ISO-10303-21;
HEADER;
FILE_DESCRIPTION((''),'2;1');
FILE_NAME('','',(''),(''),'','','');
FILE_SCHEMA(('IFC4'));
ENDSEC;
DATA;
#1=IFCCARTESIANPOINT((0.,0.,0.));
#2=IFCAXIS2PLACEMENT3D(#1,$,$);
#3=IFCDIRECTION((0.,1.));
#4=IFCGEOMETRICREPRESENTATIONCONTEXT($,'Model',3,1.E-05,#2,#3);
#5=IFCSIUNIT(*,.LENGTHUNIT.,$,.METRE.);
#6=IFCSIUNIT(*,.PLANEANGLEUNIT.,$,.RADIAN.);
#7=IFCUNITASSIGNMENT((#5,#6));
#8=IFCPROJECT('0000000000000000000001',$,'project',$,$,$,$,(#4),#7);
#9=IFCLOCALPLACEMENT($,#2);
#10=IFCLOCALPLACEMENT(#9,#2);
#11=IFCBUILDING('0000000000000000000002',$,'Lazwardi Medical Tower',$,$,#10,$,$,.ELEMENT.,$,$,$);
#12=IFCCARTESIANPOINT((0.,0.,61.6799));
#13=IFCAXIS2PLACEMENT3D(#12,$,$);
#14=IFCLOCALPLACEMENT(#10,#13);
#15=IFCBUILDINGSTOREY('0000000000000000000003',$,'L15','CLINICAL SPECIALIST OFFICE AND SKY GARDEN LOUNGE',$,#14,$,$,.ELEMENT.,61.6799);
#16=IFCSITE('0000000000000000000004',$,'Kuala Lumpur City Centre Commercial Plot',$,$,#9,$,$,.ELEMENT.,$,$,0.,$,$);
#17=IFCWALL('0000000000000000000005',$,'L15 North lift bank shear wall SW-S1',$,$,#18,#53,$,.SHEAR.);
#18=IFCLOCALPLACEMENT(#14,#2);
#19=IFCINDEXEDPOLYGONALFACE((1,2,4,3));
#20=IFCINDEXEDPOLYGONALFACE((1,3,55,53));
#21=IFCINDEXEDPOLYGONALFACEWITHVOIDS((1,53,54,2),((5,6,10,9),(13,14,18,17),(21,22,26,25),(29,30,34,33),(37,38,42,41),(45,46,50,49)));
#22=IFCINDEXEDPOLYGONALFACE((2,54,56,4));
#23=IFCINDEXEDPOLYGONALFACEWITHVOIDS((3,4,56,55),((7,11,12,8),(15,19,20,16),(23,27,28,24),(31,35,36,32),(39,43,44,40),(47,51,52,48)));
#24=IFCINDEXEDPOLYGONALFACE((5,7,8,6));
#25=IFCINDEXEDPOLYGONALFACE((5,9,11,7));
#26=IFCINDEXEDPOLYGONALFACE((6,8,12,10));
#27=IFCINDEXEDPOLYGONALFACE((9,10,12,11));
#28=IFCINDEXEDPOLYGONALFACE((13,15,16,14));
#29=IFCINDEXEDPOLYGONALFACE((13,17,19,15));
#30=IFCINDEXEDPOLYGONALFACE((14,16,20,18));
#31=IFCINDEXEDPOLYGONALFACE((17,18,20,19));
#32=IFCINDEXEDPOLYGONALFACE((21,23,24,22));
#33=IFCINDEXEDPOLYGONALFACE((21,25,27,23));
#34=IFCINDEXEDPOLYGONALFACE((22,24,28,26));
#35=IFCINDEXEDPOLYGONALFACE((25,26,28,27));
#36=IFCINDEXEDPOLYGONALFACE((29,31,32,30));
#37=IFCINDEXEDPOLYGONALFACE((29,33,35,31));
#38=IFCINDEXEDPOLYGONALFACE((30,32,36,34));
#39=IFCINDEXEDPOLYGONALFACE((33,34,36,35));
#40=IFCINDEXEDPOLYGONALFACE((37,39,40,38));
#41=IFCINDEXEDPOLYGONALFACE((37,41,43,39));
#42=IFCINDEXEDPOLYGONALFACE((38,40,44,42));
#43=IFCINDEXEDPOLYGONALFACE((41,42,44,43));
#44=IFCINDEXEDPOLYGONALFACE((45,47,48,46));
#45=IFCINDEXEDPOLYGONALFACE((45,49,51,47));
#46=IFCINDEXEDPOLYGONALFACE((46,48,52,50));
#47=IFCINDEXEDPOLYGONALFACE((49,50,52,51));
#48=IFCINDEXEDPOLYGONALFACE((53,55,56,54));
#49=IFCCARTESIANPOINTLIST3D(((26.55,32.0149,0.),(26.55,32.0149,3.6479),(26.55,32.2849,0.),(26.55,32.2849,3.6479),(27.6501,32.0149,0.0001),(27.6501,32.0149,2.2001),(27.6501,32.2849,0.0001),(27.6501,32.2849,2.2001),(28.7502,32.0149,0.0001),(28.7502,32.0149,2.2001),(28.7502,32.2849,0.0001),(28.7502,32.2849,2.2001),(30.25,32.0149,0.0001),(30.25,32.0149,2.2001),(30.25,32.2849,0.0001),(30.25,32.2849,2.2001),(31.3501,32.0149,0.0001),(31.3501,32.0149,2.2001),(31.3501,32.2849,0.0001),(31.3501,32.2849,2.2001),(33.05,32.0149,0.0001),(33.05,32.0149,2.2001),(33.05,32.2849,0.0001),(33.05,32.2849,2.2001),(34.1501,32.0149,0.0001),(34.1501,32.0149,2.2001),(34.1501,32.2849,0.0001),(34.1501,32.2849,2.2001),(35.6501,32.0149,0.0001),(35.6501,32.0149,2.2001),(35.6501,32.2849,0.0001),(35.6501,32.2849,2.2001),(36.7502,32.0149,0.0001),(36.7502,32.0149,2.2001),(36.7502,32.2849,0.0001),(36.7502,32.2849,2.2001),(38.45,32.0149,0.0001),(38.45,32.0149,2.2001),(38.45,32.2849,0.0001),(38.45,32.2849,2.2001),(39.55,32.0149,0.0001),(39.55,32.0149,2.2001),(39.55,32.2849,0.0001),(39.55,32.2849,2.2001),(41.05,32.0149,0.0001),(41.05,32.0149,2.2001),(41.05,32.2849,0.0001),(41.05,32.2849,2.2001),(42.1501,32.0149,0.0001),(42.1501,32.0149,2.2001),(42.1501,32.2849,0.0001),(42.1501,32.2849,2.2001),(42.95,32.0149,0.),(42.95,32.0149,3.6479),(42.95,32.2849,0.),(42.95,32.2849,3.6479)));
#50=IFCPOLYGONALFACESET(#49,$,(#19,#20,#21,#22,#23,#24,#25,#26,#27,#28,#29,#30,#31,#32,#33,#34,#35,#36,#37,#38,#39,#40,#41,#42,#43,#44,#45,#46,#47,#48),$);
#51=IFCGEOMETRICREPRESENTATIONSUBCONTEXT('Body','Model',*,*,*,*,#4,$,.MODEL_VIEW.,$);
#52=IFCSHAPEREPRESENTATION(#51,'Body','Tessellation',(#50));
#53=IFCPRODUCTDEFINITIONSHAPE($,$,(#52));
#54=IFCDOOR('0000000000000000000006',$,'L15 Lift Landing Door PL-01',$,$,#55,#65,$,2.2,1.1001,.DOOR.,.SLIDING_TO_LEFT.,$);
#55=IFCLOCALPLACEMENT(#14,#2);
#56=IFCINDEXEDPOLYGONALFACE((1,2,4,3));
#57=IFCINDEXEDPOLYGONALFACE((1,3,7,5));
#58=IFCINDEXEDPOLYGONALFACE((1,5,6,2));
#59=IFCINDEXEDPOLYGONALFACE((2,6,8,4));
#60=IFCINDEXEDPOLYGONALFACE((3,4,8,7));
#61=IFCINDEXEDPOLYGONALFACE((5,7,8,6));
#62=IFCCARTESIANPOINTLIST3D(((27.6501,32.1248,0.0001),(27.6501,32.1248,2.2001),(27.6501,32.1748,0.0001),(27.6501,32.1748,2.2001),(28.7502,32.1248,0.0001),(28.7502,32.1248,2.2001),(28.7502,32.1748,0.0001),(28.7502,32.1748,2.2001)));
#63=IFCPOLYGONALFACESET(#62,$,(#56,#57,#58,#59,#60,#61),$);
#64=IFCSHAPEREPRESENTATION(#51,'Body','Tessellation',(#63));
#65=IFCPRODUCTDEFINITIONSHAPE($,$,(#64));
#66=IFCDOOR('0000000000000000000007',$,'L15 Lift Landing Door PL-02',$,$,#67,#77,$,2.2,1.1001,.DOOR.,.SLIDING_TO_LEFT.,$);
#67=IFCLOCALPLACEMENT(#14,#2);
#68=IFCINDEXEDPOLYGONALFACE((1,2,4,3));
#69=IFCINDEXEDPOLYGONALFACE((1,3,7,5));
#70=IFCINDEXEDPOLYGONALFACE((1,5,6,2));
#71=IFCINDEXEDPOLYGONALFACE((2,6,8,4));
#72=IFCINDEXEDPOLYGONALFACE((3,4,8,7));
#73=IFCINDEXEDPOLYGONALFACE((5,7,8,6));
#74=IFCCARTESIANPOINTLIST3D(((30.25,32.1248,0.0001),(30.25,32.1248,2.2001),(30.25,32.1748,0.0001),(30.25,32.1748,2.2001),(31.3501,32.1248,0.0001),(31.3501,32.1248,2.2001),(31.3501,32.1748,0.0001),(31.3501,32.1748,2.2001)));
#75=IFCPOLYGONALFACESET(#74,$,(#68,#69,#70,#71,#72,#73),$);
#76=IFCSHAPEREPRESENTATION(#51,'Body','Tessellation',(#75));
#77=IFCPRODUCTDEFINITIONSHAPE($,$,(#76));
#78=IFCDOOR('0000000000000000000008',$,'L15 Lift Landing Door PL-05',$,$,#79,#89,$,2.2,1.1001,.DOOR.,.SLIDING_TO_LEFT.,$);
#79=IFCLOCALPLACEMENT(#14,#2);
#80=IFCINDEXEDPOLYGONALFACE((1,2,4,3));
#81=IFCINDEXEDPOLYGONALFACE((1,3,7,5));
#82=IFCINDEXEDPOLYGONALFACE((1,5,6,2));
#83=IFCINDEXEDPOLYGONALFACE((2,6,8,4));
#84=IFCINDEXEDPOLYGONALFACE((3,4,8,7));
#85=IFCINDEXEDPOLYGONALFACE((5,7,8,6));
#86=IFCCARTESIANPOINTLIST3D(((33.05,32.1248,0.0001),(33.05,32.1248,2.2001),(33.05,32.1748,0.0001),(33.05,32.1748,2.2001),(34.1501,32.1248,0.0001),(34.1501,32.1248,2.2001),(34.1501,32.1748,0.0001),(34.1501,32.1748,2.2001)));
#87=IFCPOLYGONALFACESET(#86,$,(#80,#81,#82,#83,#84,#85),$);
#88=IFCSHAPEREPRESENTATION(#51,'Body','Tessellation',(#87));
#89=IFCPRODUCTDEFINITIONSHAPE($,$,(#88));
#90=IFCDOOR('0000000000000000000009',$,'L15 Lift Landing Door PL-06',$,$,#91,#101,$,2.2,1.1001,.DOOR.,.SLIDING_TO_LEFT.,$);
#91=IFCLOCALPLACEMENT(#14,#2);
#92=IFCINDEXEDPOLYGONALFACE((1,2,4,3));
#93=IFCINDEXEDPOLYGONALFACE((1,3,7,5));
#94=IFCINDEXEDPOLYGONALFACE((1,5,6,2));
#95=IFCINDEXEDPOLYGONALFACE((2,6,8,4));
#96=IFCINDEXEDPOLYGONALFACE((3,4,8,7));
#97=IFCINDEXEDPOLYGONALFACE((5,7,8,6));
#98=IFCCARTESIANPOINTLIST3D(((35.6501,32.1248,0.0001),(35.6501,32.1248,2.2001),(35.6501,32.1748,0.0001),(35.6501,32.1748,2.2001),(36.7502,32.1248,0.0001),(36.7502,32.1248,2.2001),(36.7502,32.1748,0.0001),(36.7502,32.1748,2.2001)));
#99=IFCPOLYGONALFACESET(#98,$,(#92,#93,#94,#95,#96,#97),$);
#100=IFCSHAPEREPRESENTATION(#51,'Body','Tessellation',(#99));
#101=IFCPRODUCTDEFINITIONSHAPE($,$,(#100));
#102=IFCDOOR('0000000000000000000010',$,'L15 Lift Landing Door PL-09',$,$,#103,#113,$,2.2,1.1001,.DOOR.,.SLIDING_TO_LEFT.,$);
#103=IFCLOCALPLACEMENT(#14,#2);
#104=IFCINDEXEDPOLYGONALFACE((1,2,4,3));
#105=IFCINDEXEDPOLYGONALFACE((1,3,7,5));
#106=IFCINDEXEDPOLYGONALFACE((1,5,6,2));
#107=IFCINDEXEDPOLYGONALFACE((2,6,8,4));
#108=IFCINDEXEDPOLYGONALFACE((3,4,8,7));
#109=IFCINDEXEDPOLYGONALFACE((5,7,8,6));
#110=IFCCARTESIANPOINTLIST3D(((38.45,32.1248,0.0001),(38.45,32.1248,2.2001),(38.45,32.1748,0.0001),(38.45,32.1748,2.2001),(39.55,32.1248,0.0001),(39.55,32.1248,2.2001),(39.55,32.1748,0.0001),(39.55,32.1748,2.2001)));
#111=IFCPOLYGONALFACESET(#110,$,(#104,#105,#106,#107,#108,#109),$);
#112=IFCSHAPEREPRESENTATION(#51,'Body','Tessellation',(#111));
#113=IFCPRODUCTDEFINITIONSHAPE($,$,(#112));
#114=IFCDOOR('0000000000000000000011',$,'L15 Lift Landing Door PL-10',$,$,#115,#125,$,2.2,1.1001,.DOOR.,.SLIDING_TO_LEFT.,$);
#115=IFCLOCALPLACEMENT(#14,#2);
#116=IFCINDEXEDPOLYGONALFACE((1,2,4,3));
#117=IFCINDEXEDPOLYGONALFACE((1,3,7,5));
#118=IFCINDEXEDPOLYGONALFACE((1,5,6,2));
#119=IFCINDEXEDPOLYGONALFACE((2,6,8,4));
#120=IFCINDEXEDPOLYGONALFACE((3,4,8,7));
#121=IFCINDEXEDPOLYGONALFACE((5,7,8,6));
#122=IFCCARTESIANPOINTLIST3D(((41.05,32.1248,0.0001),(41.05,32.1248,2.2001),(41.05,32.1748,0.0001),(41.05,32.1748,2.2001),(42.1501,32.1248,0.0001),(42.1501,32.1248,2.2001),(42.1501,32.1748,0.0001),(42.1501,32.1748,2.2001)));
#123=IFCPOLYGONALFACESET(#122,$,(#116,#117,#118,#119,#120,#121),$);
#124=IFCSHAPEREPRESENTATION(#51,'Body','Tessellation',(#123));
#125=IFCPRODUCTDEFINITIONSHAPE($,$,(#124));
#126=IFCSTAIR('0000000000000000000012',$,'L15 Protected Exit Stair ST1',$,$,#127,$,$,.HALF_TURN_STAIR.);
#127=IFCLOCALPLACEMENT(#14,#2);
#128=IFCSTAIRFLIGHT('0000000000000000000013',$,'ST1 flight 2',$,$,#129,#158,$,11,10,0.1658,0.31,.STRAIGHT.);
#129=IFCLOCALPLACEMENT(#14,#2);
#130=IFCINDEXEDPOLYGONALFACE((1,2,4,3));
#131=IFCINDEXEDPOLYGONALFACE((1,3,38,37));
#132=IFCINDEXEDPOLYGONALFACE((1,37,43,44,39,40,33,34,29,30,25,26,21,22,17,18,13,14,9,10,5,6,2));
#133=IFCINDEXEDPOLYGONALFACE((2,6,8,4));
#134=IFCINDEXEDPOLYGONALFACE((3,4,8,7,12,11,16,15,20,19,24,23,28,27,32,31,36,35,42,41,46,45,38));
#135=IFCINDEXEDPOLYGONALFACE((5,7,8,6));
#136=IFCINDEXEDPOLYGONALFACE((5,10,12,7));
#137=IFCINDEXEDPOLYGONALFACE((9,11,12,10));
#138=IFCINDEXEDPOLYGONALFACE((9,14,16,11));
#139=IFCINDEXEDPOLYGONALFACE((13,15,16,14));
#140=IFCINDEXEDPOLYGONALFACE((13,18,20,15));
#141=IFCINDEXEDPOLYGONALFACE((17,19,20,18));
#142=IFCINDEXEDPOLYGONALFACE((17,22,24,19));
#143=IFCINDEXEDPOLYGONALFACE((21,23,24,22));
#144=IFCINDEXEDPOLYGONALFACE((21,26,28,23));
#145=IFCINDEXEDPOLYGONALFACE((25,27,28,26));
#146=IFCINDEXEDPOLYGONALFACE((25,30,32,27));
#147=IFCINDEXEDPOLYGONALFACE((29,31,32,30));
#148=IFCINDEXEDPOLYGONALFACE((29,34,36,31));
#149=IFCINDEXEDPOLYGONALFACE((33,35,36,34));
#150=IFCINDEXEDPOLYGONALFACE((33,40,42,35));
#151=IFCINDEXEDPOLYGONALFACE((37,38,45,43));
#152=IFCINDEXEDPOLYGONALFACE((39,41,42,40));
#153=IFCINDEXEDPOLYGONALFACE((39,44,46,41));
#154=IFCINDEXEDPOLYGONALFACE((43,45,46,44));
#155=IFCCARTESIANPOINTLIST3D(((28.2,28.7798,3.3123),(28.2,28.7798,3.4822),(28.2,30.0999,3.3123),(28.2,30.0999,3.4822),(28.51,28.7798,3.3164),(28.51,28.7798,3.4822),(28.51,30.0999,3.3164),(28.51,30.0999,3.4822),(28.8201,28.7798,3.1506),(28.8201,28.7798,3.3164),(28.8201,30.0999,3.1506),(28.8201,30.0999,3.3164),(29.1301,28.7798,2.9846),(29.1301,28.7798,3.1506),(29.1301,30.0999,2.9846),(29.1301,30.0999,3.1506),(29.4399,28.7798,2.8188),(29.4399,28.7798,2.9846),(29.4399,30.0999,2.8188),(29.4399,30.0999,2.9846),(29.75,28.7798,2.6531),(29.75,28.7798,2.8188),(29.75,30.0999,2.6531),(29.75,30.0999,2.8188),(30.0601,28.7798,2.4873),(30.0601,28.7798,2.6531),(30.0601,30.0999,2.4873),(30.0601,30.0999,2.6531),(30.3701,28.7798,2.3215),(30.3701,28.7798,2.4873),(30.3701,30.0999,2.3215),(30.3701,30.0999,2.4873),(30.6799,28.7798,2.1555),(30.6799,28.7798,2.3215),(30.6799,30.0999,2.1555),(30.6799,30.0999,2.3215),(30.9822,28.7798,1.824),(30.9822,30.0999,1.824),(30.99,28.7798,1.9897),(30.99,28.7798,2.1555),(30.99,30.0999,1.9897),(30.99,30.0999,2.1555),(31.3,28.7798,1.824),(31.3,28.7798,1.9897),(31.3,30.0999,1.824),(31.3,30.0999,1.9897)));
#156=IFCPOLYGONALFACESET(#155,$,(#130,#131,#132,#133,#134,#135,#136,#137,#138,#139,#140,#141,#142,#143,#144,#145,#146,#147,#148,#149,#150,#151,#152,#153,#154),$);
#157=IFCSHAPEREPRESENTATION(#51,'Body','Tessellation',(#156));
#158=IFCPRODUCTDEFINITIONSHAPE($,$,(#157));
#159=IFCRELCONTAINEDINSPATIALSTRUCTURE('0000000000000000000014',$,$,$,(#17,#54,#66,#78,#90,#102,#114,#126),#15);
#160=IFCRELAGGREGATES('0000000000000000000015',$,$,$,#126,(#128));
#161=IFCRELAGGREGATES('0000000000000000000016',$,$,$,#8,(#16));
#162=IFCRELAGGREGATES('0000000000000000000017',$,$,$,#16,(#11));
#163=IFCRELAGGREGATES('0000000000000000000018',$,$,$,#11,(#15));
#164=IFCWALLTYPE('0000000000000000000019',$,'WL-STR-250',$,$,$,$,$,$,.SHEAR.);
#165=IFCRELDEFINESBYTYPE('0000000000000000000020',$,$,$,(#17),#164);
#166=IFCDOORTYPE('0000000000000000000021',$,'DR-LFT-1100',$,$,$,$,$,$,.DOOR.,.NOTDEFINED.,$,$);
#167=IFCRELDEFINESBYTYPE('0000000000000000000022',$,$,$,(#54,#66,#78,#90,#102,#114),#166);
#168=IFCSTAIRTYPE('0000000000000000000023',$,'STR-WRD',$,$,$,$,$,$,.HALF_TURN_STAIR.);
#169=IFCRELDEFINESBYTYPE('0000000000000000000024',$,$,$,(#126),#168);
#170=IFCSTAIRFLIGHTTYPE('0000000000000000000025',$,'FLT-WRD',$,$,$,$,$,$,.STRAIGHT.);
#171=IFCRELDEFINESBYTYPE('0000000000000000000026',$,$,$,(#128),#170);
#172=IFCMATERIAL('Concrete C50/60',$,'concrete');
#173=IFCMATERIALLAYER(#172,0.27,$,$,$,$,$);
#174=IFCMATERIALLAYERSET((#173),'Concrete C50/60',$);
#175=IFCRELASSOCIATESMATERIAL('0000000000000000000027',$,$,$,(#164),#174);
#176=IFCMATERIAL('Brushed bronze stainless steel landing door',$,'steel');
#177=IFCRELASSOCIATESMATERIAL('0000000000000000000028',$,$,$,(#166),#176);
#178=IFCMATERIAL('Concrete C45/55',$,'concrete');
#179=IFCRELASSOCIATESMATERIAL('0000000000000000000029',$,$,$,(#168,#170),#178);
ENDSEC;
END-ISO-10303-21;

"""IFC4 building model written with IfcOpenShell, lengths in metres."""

from ifc_helpers import new_model, si_unit, direction, frame, frame_2d, origin, place, context, subcontext, project, spatial, polyline, rectangle, outline, extrude, material, layer, layer_set, type_object, element, fill, aggregate, save


model = new_model("IFC4")

# Units and contexts
model_context = context("Model", 3, precision=1e-05, world=origin(), true_north=direction((0.0, 1.0)))
body_context = subcontext(model_context, "Body", "Model", "MODEL_VIEW")
ifc_project = project(units=[si_unit("LENGTHUNIT", "METRE"), si_unit("PLANEANGLEUNIT", "RADIAN")], contexts=[model_context])

# Site, building, storey
site_placement = place(None, origin())
site = spatial("IfcSite", under=ifc_project, at=site_placement, Name="Kuala Lumpur City Centre Commercial Plot", CompositionType="ELEMENT", RefElevation=0.0)
building_placement = place(site_placement, origin())
building = spatial("IfcBuilding", under=site, at=building_placement, Name="Lazwardi Medical Tower", CompositionType="ELEMENT")
storey_placement = place(building_placement, frame((0.0, 0.0, 61.6799)))
storey = spatial("IfcBuildingStorey", under=building, at=storey_placement, Name="L15", Description="CLINICAL SPECIALIST OFFICE AND SKY GARDEN LOUNGE", CompositionType="ELEMENT", Elevation=61.6799)

# Shared definitions
ifc_material_1 = material(Name="Concrete C50/60", Category="concrete")
ifc_layer_1 = layer(ifc_material_1, 0.27)
ifc_layer_set_1 = layer_set([ifc_layer_1], Name="Concrete C50/60")
wall_type_1 = type_object("IfcWallType", Name="WL-STR-250", PredefinedType="SHEAR", material=ifc_layer_set_1)

# Wall, openings, doors
wall_1_placement = place(storey_placement, frame((26.55, 32.1499, 0.0), z_axis=(0.0, 0.0, 1.0), x_axis=(1.0, 0.0, 0.0)))
wall_1 = element("IfcWall", 1, at=wall_1_placement, inside=storey, type_object=wall_type_1, Name="L15 North lift bank shear wall SW-S1", PredefinedType="SHEAR", context=body_context, shape_type="SweptSolid", body=[
    extrude(rectangle(XDim=16.3999, YDim=0.27, at=frame_2d((8.2, 0.0))), origin(), (0.0, 0.0, 1.0), 3.6479),
])
opening_1_placement = place(wall_1_placement, frame((1.1001, 0.0, 0.0)))
opening_1 = element("IfcOpeningElement", 2, at=opening_1_placement, cuts=wall_1, PredefinedType="OPENING", context=body_context, shape_type="SweptSolid", body=[
    extrude(rectangle(XDim=1.1001, YDim=2.2, at=frame_2d((0.55, 1.1001))), frame((0.0, 0.145, 0.0), z_axis=(0.0, -1.0, 0.0), x_axis=(1.0, 0.0, 0.0)), (0.0, 0.0, 1.0), 0.29),
])
opening_2_placement = place(wall_1_placement, frame((3.7, 0.0, 0.0)))
opening_2 = element("IfcOpeningElement", 3, at=opening_2_placement, cuts=wall_1, PredefinedType="OPENING", context=body_context, shape_type="SweptSolid", body=[
    extrude(rectangle(XDim=1.1001, YDim=2.2, at=frame_2d((0.55, 1.1001))), frame((0.0, 0.145, 0.0), z_axis=(0.0, -1.0, 0.0), x_axis=(1.0, 0.0, 0.0)), (0.0, 0.0, 1.0), 0.29),
])
opening_3_placement = place(wall_1_placement, frame((6.5, 0.0, 0.0)))
opening_3 = element("IfcOpeningElement", 4, at=opening_3_placement, cuts=wall_1, PredefinedType="OPENING", context=body_context, shape_type="SweptSolid", body=[
    extrude(rectangle(XDim=1.1001, YDim=2.2, at=frame_2d((0.55, 1.1001))), frame((0.0, 0.145, 0.0), z_axis=(0.0, -1.0, 0.0), x_axis=(1.0, 0.0, 0.0)), (0.0, 0.0, 1.0), 0.29),
])
opening_4_placement = place(wall_1_placement, frame((9.1001, 0.0, 0.0)))
opening_4 = element("IfcOpeningElement", 5, at=opening_4_placement, cuts=wall_1, PredefinedType="OPENING", context=body_context, shape_type="SweptSolid", body=[
    extrude(rectangle(XDim=1.1001, YDim=2.2, at=frame_2d((0.55, 1.1001))), frame((0.0, 0.145, 0.0), z_axis=(0.0, -1.0, 0.0), x_axis=(1.0, 0.0, 0.0)), (0.0, 0.0, 1.0), 0.29),
])
opening_5_placement = place(wall_1_placement, frame((11.8999, 0.0, 0.0)))
opening_5 = element("IfcOpeningElement", 6, at=opening_5_placement, cuts=wall_1, PredefinedType="OPENING", context=body_context, shape_type="SweptSolid", body=[
    extrude(rectangle(XDim=1.1001, YDim=2.2, at=frame_2d((0.55, 1.1001))), frame((0.0, 0.145, 0.0), z_axis=(0.0, -1.0, 0.0), x_axis=(1.0, 0.0, 0.0)), (0.0, 0.0, 1.0), 0.29),
])
opening_6_placement = place(wall_1_placement, frame((14.5, 0.0, 0.0)))
opening_6 = element("IfcOpeningElement", 7, at=opening_6_placement, cuts=wall_1, PredefinedType="OPENING", context=body_context, shape_type="SweptSolid", body=[
    extrude(rectangle(XDim=1.1001, YDim=2.2, at=frame_2d((0.55, 1.1001))), frame((0.0, 0.145, 0.0), z_axis=(0.0, -1.0, 0.0), x_axis=(1.0, 0.0, 0.0)), (0.0, 0.0, 1.0), 0.29),
])
ifc_material_2 = material(Name="Brushed bronze stainless steel landing door", Category="steel")
door_type_1 = type_object("IfcDoorType", Name="DR-LFT-1100", OperationType="NOTDEFINED", PredefinedType="DOOR", material=ifc_material_2)
door_1_placement = place(opening_1_placement, origin())
door_1 = element("IfcDoor", 8, at=door_1_placement, inside=storey, type_object=door_type_1, Name="L15 Lift Landing Door PL-01", OperationType="SLIDING_TO_LEFT", OverallHeight=2.2, OverallWidth=1.1001, PredefinedType="DOOR", context=body_context, shape_type="SweptSolid", body=[
    extrude(rectangle(XDim=1.1001, YDim=2.2, at=frame_2d((0.55, 1.1001))), frame((0.0, 0.0249, 0.0), z_axis=(0.0, -1.0, 0.0), x_axis=(1.0, 0.0, 0.0)), (0.0, 0.0, 1.0), 0.05),
])
fill(opening_1, door_1)
door_2_placement = place(opening_2_placement, origin())
door_2 = element("IfcDoor", 9, at=door_2_placement, inside=storey, type_object=door_type_1, Name="L15 Lift Landing Door PL-02", OperationType="SLIDING_TO_LEFT", OverallHeight=2.2, OverallWidth=1.1001, PredefinedType="DOOR", context=body_context, shape_type="SweptSolid", body=[
    extrude(rectangle(XDim=1.1001, YDim=2.2, at=frame_2d((0.55, 1.1001))), frame((0.0, 0.0249, 0.0), z_axis=(0.0, -1.0, 0.0), x_axis=(1.0, 0.0, 0.0)), (0.0, 0.0, 1.0), 0.05),
])
fill(opening_2, door_2)
door_3_placement = place(opening_3_placement, origin())
door_3 = element("IfcDoor", 10, at=door_3_placement, inside=storey, type_object=door_type_1, Name="L15 Lift Landing Door PL-05", OperationType="SLIDING_TO_LEFT", OverallHeight=2.2, OverallWidth=1.1001, PredefinedType="DOOR", context=body_context, shape_type="SweptSolid", body=[
    extrude(rectangle(XDim=1.1001, YDim=2.2, at=frame_2d((0.55, 1.1001))), frame((0.0, 0.0249, 0.0), z_axis=(0.0, -1.0, 0.0), x_axis=(1.0, 0.0, 0.0)), (0.0, 0.0, 1.0), 0.05),
])
fill(opening_3, door_3)
door_4_placement = place(opening_4_placement, origin())
door_4 = element("IfcDoor", 11, at=door_4_placement, inside=storey, type_object=door_type_1, Name="L15 Lift Landing Door PL-06", OperationType="SLIDING_TO_LEFT", OverallHeight=2.2, OverallWidth=1.1001, PredefinedType="DOOR", context=body_context, shape_type="SweptSolid", body=[
    extrude(rectangle(XDim=1.1001, YDim=2.2, at=frame_2d((0.55, 1.1001))), frame((0.0, 0.0249, 0.0), z_axis=(0.0, -1.0, 0.0), x_axis=(1.0, 0.0, 0.0)), (0.0, 0.0, 1.0), 0.05),
])
fill(opening_4, door_4)
door_5_placement = place(opening_5_placement, origin())
door_5 = element("IfcDoor", 12, at=door_5_placement, inside=storey, type_object=door_type_1, Name="L15 Lift Landing Door PL-09", OperationType="SLIDING_TO_LEFT", OverallHeight=2.2, OverallWidth=1.1001, PredefinedType="DOOR", context=body_context, shape_type="SweptSolid", body=[
    extrude(rectangle(XDim=1.1001, YDim=2.2, at=frame_2d((0.55, 1.1001))), frame((0.0, 0.0249, 0.0), z_axis=(0.0, -1.0, 0.0), x_axis=(1.0, 0.0, 0.0)), (0.0, 0.0, 1.0), 0.05),
])
fill(opening_5, door_5)
door_6_placement = place(opening_6_placement, origin())
door_6 = element("IfcDoor", 13, at=door_6_placement, inside=storey, type_object=door_type_1, Name="L15 Lift Landing Door PL-10", OperationType="SLIDING_TO_LEFT", OverallHeight=2.2, OverallWidth=1.1001, PredefinedType="DOOR", context=body_context, shape_type="SweptSolid", body=[
    extrude(rectangle(XDim=1.1001, YDim=2.2, at=frame_2d((0.55, 1.1001))), frame((0.0, 0.0249, 0.0), z_axis=(0.0, -1.0, 0.0), x_axis=(1.0, 0.0, 0.0)), (0.0, 0.0, 1.0), 0.05),
])
fill(opening_6, door_6)

# Stair, stair flight
ifc_material_3 = material(Name="Concrete C45/55", Category="concrete")
stair_type = type_object("IfcStairType", Name="STR-WRD", PredefinedType="HALF_TURN_STAIR", material=ifc_material_3)
stair_placement = place(storey_placement, origin())
stair = element("IfcStair", 14, at=stair_placement, inside=storey, type_object=stair_type, Name="L15 Protected Exit Stair ST1", PredefinedType="HALF_TURN_STAIR")
stair_flight_type = type_object("IfcStairFlightType", Name="FLT-WRD", PredefinedType="STRAIGHT", material=ifc_material_3)
stair_flight_placement = place(storey_placement, frame((31.3, 29.4399, 1.824), z_axis=(0.0, 0.0, 1.0), x_axis=(-1.0, 0.0, 0.0)))
stair_flight = element("IfcStairFlight", 15, at=stair_flight_placement, type_object=stair_flight_type, Name="ST1 flight 2", NumberOfRisers=11, NumberOfTreads=10, PredefinedType="STRAIGHT", RiserHeight=0.1658, TreadLength=0.31, context=body_context, shape_type="SweptSolid", body=[
    extrude(outline(polyline([(0.0, 0.0), (0.0, 0.1658), (0.3101, 0.1658), (0.3101, 0.3315), (0.6201, 0.3315), (0.6201, 0.4976), (0.9299, 0.4976), (0.9299, 0.6633), (1.24, 0.6633), (1.24, 0.8291), (1.55, 0.8291), (1.55, 0.9949), (1.8601, 0.9949), (1.8601, 1.1606), (2.1699, 1.1606), (2.1699, 1.3267), (2.48, 1.3267), (2.48, 1.4924), (2.79, 1.4924), (2.79, 1.6582), (3.1001, 1.6582), (3.1001, 1.824), (3.1001, 1.4883), (0.3179, 0.0), (0.0, 0.0)])), frame((0.0, 0.6602, 0.0), z_axis=(0.0, -1.0, 0.0), x_axis=(1.0, 0.0, 0.0)), (0.0, 0.0, 1.0), 1.3201),
])
aggregate(stair, [stair_flight])

save(model, "model.ifc")
